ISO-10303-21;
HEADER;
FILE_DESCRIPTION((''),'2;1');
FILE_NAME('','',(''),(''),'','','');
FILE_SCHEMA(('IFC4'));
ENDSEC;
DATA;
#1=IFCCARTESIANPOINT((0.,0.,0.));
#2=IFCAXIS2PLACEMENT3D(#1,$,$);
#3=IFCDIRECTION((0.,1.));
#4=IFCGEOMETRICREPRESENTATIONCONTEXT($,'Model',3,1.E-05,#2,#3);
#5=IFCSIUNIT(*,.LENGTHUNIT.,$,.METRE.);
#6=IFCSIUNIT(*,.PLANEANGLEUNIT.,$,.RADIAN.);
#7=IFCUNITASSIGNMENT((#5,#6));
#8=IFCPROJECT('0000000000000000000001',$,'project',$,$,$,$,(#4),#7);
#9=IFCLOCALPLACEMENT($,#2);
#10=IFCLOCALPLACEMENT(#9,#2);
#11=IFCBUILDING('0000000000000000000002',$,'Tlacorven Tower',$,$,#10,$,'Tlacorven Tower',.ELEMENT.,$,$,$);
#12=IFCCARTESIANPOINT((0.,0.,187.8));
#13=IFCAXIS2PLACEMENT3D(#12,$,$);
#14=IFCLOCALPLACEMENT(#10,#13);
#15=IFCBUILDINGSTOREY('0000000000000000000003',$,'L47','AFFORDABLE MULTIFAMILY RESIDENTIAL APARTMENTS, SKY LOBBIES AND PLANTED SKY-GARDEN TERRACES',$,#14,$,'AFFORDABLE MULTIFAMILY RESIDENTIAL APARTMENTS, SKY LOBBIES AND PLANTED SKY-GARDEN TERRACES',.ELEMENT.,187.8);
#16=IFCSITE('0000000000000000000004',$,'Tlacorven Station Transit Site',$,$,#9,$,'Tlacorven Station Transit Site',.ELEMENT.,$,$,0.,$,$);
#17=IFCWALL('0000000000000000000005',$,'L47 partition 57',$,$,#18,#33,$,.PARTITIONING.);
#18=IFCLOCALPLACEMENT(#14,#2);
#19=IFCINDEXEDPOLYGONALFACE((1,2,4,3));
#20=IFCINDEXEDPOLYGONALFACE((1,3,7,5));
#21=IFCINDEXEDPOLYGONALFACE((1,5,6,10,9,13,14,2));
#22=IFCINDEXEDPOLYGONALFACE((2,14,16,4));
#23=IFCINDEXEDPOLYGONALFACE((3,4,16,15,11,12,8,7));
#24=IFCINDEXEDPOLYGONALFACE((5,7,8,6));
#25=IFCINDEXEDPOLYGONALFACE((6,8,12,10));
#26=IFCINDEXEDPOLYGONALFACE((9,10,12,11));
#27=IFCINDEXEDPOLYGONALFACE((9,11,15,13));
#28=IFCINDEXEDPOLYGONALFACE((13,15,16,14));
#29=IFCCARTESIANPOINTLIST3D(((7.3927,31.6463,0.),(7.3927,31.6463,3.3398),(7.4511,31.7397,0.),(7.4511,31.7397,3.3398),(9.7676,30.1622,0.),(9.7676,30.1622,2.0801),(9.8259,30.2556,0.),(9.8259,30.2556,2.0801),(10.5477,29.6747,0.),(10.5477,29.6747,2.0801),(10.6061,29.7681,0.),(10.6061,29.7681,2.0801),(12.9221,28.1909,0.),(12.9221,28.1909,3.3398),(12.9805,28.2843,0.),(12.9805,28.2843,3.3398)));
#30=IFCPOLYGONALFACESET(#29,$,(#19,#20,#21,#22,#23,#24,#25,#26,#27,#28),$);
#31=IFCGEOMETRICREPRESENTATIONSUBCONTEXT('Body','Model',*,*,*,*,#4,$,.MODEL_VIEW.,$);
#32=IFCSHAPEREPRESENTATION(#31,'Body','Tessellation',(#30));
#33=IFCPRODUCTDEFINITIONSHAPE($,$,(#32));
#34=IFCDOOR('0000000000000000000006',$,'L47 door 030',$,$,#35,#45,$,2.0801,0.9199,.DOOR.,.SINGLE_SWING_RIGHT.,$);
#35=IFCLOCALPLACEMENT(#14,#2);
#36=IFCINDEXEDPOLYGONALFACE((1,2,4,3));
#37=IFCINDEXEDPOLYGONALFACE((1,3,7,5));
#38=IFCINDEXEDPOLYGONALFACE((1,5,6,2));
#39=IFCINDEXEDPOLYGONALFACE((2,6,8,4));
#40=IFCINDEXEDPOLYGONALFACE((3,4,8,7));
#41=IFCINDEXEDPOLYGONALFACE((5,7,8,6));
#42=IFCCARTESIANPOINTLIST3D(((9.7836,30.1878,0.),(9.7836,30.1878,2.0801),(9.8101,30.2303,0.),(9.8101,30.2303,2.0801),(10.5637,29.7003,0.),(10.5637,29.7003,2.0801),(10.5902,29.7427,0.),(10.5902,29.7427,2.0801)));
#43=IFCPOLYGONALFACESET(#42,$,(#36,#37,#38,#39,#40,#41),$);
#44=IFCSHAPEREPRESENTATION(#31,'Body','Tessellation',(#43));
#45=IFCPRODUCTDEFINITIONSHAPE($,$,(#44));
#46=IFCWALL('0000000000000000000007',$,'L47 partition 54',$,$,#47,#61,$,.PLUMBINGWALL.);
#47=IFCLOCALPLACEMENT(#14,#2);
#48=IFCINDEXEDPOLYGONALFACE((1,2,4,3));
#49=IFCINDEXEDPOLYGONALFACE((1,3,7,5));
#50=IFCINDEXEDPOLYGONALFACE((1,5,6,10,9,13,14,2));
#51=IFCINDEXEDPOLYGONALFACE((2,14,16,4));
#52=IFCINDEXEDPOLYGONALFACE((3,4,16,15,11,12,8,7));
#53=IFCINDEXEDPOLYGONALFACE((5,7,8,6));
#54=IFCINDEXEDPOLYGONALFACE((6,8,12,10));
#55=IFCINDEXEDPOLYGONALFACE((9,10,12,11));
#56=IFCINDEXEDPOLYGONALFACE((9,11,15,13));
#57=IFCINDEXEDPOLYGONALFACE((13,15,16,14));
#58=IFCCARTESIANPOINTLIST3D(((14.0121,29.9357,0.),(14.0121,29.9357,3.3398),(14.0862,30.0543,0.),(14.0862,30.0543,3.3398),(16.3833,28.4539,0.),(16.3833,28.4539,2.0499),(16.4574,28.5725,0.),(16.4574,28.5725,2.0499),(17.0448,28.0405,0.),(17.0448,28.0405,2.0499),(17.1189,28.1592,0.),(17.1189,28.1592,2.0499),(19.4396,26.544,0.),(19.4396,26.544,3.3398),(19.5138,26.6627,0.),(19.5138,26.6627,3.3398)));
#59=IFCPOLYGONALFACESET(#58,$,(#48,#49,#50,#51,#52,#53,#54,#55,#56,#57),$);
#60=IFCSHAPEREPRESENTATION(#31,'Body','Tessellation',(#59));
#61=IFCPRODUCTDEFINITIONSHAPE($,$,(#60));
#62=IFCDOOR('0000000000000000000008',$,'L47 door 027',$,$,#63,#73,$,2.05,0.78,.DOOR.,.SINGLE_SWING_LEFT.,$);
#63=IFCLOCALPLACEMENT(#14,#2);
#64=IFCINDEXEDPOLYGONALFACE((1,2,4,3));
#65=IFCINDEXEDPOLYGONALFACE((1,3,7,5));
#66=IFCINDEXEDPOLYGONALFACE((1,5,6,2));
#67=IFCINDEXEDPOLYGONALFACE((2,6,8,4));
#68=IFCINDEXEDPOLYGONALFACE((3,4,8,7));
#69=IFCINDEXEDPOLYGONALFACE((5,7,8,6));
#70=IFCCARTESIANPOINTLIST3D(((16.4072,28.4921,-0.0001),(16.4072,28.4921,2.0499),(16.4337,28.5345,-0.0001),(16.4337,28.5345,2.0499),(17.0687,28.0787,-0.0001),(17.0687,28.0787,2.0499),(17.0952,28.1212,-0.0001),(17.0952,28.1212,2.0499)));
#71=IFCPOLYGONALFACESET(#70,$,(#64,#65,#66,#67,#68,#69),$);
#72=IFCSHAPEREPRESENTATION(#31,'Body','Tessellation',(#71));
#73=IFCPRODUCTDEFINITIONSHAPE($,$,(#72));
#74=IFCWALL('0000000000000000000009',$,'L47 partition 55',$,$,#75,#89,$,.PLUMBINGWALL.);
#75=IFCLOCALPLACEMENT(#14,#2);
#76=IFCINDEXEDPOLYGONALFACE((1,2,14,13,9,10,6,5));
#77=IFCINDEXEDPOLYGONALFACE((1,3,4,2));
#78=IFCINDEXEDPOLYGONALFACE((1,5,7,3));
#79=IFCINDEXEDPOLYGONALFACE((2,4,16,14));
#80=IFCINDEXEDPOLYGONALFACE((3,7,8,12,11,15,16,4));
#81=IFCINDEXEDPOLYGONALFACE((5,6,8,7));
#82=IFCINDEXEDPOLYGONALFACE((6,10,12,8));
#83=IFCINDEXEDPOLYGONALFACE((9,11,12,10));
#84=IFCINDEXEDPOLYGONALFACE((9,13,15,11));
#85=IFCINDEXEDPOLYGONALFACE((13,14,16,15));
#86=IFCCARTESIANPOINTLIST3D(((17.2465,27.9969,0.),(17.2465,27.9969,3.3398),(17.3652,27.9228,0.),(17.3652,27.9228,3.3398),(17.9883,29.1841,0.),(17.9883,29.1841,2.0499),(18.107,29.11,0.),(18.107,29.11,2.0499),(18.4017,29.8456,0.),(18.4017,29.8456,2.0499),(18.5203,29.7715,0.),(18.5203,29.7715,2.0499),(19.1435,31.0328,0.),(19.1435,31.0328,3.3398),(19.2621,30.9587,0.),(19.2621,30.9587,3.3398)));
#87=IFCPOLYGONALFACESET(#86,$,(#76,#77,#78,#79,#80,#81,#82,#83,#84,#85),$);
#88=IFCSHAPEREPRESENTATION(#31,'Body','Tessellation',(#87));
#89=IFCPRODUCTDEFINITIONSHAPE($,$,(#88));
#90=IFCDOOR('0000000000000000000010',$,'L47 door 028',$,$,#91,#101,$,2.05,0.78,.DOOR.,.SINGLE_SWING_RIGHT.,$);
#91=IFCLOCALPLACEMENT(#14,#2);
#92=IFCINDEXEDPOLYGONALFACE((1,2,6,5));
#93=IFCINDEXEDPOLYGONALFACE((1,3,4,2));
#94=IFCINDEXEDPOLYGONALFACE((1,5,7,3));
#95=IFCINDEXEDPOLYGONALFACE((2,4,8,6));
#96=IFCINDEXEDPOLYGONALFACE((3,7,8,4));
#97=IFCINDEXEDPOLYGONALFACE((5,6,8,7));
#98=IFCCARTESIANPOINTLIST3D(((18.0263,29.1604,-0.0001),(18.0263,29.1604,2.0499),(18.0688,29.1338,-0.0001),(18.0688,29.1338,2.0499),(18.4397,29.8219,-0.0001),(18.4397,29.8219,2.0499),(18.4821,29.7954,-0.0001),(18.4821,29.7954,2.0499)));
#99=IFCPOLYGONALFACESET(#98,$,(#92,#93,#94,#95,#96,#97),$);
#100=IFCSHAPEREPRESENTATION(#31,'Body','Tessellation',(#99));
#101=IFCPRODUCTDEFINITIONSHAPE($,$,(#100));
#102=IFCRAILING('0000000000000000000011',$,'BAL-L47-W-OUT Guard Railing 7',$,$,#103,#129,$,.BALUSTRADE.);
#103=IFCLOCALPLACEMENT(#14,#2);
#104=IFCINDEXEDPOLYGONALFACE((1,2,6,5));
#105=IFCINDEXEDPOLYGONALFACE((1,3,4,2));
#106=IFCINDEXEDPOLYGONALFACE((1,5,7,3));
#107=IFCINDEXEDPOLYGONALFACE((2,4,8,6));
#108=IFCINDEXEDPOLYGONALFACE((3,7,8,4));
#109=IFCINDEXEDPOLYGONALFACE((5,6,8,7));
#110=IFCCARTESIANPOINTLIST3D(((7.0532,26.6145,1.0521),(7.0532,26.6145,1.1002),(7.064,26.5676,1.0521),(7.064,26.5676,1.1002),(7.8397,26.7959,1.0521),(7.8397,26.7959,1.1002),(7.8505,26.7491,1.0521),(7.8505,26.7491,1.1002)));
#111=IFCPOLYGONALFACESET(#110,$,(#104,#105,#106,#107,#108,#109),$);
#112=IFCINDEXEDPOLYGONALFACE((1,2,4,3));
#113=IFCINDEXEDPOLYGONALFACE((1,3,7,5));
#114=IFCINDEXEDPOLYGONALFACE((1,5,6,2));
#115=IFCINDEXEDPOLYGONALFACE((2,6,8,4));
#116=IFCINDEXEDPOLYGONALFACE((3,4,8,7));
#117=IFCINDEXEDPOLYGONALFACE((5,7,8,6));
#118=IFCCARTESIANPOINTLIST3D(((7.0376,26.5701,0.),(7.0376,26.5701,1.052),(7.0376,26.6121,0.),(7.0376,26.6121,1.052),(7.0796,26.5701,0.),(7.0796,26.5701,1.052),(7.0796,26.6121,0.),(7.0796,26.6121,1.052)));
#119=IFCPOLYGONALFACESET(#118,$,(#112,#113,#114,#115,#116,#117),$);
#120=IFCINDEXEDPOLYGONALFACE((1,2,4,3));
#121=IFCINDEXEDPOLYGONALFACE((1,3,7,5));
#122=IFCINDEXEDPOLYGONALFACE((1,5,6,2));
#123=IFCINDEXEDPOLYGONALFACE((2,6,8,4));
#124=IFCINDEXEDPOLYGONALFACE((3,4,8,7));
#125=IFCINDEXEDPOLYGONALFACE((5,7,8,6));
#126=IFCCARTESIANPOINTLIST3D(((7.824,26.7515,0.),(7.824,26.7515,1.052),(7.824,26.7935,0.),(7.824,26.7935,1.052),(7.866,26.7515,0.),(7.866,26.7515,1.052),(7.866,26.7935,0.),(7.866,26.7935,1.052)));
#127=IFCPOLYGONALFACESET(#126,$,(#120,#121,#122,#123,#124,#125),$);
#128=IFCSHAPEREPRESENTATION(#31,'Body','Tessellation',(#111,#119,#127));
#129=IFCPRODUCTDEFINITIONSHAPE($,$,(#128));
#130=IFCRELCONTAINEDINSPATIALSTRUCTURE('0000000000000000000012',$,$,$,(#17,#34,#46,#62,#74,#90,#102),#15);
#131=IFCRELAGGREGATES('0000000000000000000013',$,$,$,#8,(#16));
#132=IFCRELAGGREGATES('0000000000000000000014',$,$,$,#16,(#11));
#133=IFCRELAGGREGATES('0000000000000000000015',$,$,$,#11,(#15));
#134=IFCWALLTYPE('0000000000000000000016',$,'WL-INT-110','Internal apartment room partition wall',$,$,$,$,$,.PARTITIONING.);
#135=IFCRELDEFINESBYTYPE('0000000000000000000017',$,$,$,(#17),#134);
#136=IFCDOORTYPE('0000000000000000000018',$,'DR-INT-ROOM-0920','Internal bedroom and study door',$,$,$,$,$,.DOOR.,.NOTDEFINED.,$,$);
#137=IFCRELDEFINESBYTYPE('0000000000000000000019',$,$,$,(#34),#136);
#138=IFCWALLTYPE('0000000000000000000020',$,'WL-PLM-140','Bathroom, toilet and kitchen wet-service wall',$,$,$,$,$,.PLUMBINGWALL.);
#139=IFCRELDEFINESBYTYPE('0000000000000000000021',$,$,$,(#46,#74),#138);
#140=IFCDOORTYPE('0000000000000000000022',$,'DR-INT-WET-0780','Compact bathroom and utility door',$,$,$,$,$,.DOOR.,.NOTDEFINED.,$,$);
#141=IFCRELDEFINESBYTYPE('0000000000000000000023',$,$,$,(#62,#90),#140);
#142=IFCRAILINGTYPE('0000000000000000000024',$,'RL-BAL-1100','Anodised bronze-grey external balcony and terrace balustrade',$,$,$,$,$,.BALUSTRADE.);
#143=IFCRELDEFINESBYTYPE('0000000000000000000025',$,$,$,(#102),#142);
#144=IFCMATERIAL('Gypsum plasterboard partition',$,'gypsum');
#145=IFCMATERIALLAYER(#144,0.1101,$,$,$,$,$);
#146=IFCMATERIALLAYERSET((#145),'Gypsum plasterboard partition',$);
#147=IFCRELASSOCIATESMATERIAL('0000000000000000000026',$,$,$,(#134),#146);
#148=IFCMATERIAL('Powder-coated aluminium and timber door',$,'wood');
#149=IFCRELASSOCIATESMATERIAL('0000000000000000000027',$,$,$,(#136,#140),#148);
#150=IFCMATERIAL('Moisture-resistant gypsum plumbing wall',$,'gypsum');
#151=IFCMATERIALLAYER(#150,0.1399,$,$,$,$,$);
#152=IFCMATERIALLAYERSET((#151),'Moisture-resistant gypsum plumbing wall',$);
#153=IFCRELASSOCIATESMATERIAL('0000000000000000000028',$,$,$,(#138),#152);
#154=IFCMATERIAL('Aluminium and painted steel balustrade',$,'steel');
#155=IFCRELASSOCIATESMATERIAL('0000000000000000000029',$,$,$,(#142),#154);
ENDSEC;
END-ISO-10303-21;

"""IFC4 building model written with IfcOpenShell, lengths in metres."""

from ifc_helpers import new_model, si_unit, direction, frame, frame_2d, origin, origin_2d, place, context, subcontext, project, spatial, rectangle, extrude, source, transform, mapped, material, layer, layer_set, type_object, element, fill, save


model = new_model("IFC4")

# Units and contexts
model_context = context("Model", 3, precision=1e-05, world=origin(), true_north=direction((0.0, 1.0)))
body_context = subcontext(model_context, "Body", "Model", "MODEL_VIEW")
ifc_project = project(units=[si_unit("LENGTHUNIT", "METRE"), si_unit("PLANEANGLEUNIT", "RADIAN")], contexts=[model_context])

# Site, building, storey
site_placement = place(None, origin())
site = spatial("IfcSite", under=ifc_project, at=site_placement, Name="Tlacorven Station Transit Site", LongName="Tlacorven Station Transit Site", CompositionType="ELEMENT", RefElevation=0.0)
building_placement = place(site_placement, origin())
building = spatial("IfcBuilding", under=site, at=building_placement, Name="Tlacorven Tower", LongName="Tlacorven Tower", CompositionType="ELEMENT")
storey_placement = place(building_placement, frame((0.0, 0.0, 187.8)))
storey = spatial("IfcBuildingStorey", under=building, at=storey_placement, Name="L47", Description="AFFORDABLE MULTIFAMILY RESIDENTIAL APARTMENTS, SKY LOBBIES AND PLANTED SKY-GARDEN TERRACES", LongName="AFFORDABLE MULTIFAMILY RESIDENTIAL APARTMENTS, SKY LOBBIES AND PLANTED SKY-GARDEN TERRACES", CompositionType="ELEMENT", Elevation=187.8)

# Walls, openings, doors
ifc_material_1 = material(Name="Gypsum plasterboard partition", Category="gypsum")
ifc_layer_1 = layer(ifc_material_1, 0.1101)
ifc_layer_set_1 = layer_set([ifc_layer_1], Name="Gypsum plasterboard partition")
wall_type_1 = type_object("IfcWallType", Name="WL-INT-110", Description="Internal apartment room partition wall", PredefinedType="PARTITIONING", material=ifc_layer_set_1)
ifc_material_2 = material(Name="Powder-coated aluminium and timber door", Category="wood")
door_type_1 = type_object("IfcDoorType", Name="DR-INT-ROOM-0920", Description="Internal bedroom and study door", OperationType="NOTDEFINED", PredefinedType="DOOR", material=ifc_material_2)
shared_shape_1 = source(origin(), body_context, "Body", "SweptSolid", [
    extrude(rectangle(XDim=0.9199, YDim=2.0801, at=frame_2d((0.46, 1.04))), frame((0.0, 0.0249, 0.0), z_axis=(0.0, -1.0, 0.0), x_axis=(1.0, 0.0, 0.0)), (0.0, 0.0, 1.0), 0.05),
])
wall_1_placement = place(storey_placement, frame((12.9514, 28.2375, 0.0), z_axis=(0.0, 0.0, 1.0), x_axis=(-0.848032, 0.529945, 0.0)))
wall_1 = element("IfcWall", 1, at=wall_1_placement, inside=storey, type_object=wall_type_1, Name="L47 partition 57", PredefinedType="PARTITIONING", context=body_context, shape_type="SweptSolid", body=[
    extrude(rectangle(XDim=6.5203, YDim=0.1101, at=frame_2d((3.2603, 0.0))), origin(), (0.0, 0.0, 1.0), 3.3398),
])
opening_1_placement = place(wall_1_placement, frame((2.8, 0.0, 0.0)))
opening_1 = element("IfcOpeningElement", 2, at=opening_1_placement, cuts=wall_1, PredefinedType="OPENING", context=body_context, shape_type="SweptSolid", body=[
    extrude(rectangle(XDim=0.9199, YDim=2.0801, at=frame_2d((0.46, 1.04))), frame((0.0, 0.0649, 0.0), z_axis=(0.0, -1.0, 0.0), x_axis=(1.0, 0.0, 0.0)), (0.0, 0.0, 1.0), 0.1301),
])
door_1_placement = place(opening_1_placement, origin())
door_1 = element("IfcDoor", 3, at=door_1_placement, inside=storey, type_object=door_type_1, Name="L47 door 030", OperationType="SINGLE_SWING_RIGHT", OverallHeight=2.0801, OverallWidth=0.9199, PredefinedType="DOOR", context=body_context, shape_type="MappedRepresentation", body=[
    mapped(shared_shape_1, transform((0.0, 0.0, 0.0), scale=1.0)),
])
fill(opening_1, door_1)
ifc_material_3 = material(Name="Moisture-resistant gypsum plumbing wall", Category="gypsum")
ifc_layer_2 = layer(ifc_material_3, 0.1399)
ifc_layer_set_2 = layer_set([ifc_layer_2], Name="Moisture-resistant gypsum plumbing wall")
wall_type_2 = type_object("IfcWallType", Name="WL-PLM-140", Description="Bathroom, toilet and kitchen wet-service wall", PredefinedType="PLUMBINGWALL", material=ifc_layer_set_2)
wall_2_placement = place(storey_placement, frame((19.4768, 26.6033, 0.0), z_axis=(0.0, 0.0, 1.0), x_axis=(-0.848039, 0.529934, 0.0)))
wall_2 = element("IfcWall", 4, at=wall_2_placement, inside=storey, type_object=wall_type_2, Name="L47 partition 54", PredefinedType="PLUMBINGWALL", context=body_context, shape_type="SweptSolid", body=[
    extrude(rectangle(XDim=6.4001, YDim=0.1399, at=frame_2d((3.2002, 0.0))), origin(), (0.0, 0.0, 1.0), 3.3398),
])
opening_2_placement = place(wall_2_placement, frame((2.824, 0.0, 0.0)))
opening_2 = element("IfcOpeningElement", 5, at=opening_2_placement, cuts=wall_2, PredefinedType="OPENING", context=body_context, shape_type="SweptSolid", body=[
    extrude(rectangle(XDim=0.78, YDim=2.05, at=frame_2d((0.3901, 1.0249))), frame((0.0, 0.0801, 0.0), z_axis=(0.0, -1.0, 0.0), x_axis=(1.0, 0.0, 0.0)), (0.0, 0.0, 1.0), 0.1599),
])
door_type_2 = type_object("IfcDoorType", Name="DR-INT-WET-0780", Description="Compact bathroom and utility door", OperationType="NOTDEFINED", PredefinedType="DOOR", material=ifc_material_2)
shared_shape_2 = source(origin(), body_context, "Body", "SweptSolid", [
    extrude(rectangle(XDim=0.78, YDim=2.05, at=frame_2d((0.3901, 1.0249))), frame((0.0, 0.0249, 0.0), z_axis=(0.0, -1.0, 0.0), x_axis=(1.0, 0.0, 0.0)), (0.0, 0.0, 1.0), 0.05),
])
door_2_placement = place(opening_2_placement, origin())
door_2 = element("IfcDoor", 6, at=door_2_placement, inside=storey, type_object=door_type_2, Name="L47 door 027", OperationType="SINGLE_SWING_LEFT", OverallHeight=2.05, OverallWidth=0.78, PredefinedType="DOOR", context=body_context, shape_type="MappedRepresentation", body=[
    mapped(shared_shape_2, transform((0.0, 0.0, 0.0), scale=1.0)),
])
fill(opening_2, door_2)
wall_3_placement = place(storey_placement, frame((19.2029, 30.9958, 0.0), z_axis=(0.0, 0.0, 1.0), x_axis=(-0.529907, -0.848056, 0.0)))
wall_3 = element("IfcWall", 7, at=wall_3_placement, inside=storey, type_object=wall_type_2, Name="L47 partition 55", PredefinedType="PLUMBINGWALL", context=body_context, shape_type="SweptSolid", body=[
    extrude(rectangle(XDim=3.5798, YDim=0.1399, at=frame_2d((1.79, 0.0))), origin(), (0.0, 0.0, 1.0), 3.3398),
])
opening_3_placement = place(wall_3_placement, frame((1.3999, 0.0, 0.0)))
opening_3 = element("IfcOpeningElement", 8, at=opening_3_placement, cuts=wall_3, PredefinedType="OPENING", context=body_context, shape_type="SweptSolid", body=[
    extrude(rectangle(XDim=0.78, YDim=2.05, at=frame_2d((0.3901, 1.0249))), frame((0.0, 0.0801, 0.0), z_axis=(0.0, -1.0, 0.0), x_axis=(1.0, 0.0, 0.0)), (0.0, 0.0, 1.0), 0.1599),
])
door_3_placement = place(opening_3_placement, origin())
door_3 = element("IfcDoor", 9, at=door_3_placement, inside=storey, type_object=door_type_2, Name="L47 door 028", OperationType="SINGLE_SWING_RIGHT", OverallHeight=2.05, OverallWidth=0.78, PredefinedType="DOOR", context=body_context, shape_type="MappedRepresentation", body=[
    mapped(shared_shape_2, transform((0.0, 0.0, 0.0), scale=1.0)),
])
fill(opening_3, door_3)

# Railing
ifc_material_4 = material(Name="Aluminium and painted steel balustrade", Category="steel")
railing_type = type_object("IfcRailingType", Name="RL-BAL-1100", Description="Anodised bronze-grey external balcony and terrace balustrade", PredefinedType="BALUSTRADE", material=ifc_material_4)
shared_shape_3 = source(origin(), body_context, "Body", "SweptSolid", [
    extrude(rectangle(XDim=0.0481, YDim=0.0481, at=origin_2d()), frame((0.0, 0.0, 1.0762), z_axis=(0.974412, 0.224771, 0.0), x_axis=(-0.224771, 0.974412, 0.0)), (0.0, 0.0, 1.0), 0.8071),
    extrude(rectangle(XDim=0.042, YDim=0.042, at=origin_2d()), origin(), (0.0, 0.0, 1.0), 1.052),
    extrude(rectangle(XDim=0.042, YDim=0.042, at=origin_2d()), frame((0.7864, 0.1814, 0.0)), (0.0, 0.0, 1.0), 1.052),
])
railing_placement = place(storey_placement, frame((7.0586, 26.5911, 0.0)))
element("IfcRailing", 10, at=railing_placement, inside=storey, type_object=railing_type, Name="BAL-L47-W-OUT Guard Railing 7", PredefinedType="BALUSTRADE", context=body_context, shape_type="MappedRepresentation", body=[
    mapped(shared_shape_3, transform((0.0, 0.0, 0.0), scale=1.0)),
])

save(model, "model.ifc")
